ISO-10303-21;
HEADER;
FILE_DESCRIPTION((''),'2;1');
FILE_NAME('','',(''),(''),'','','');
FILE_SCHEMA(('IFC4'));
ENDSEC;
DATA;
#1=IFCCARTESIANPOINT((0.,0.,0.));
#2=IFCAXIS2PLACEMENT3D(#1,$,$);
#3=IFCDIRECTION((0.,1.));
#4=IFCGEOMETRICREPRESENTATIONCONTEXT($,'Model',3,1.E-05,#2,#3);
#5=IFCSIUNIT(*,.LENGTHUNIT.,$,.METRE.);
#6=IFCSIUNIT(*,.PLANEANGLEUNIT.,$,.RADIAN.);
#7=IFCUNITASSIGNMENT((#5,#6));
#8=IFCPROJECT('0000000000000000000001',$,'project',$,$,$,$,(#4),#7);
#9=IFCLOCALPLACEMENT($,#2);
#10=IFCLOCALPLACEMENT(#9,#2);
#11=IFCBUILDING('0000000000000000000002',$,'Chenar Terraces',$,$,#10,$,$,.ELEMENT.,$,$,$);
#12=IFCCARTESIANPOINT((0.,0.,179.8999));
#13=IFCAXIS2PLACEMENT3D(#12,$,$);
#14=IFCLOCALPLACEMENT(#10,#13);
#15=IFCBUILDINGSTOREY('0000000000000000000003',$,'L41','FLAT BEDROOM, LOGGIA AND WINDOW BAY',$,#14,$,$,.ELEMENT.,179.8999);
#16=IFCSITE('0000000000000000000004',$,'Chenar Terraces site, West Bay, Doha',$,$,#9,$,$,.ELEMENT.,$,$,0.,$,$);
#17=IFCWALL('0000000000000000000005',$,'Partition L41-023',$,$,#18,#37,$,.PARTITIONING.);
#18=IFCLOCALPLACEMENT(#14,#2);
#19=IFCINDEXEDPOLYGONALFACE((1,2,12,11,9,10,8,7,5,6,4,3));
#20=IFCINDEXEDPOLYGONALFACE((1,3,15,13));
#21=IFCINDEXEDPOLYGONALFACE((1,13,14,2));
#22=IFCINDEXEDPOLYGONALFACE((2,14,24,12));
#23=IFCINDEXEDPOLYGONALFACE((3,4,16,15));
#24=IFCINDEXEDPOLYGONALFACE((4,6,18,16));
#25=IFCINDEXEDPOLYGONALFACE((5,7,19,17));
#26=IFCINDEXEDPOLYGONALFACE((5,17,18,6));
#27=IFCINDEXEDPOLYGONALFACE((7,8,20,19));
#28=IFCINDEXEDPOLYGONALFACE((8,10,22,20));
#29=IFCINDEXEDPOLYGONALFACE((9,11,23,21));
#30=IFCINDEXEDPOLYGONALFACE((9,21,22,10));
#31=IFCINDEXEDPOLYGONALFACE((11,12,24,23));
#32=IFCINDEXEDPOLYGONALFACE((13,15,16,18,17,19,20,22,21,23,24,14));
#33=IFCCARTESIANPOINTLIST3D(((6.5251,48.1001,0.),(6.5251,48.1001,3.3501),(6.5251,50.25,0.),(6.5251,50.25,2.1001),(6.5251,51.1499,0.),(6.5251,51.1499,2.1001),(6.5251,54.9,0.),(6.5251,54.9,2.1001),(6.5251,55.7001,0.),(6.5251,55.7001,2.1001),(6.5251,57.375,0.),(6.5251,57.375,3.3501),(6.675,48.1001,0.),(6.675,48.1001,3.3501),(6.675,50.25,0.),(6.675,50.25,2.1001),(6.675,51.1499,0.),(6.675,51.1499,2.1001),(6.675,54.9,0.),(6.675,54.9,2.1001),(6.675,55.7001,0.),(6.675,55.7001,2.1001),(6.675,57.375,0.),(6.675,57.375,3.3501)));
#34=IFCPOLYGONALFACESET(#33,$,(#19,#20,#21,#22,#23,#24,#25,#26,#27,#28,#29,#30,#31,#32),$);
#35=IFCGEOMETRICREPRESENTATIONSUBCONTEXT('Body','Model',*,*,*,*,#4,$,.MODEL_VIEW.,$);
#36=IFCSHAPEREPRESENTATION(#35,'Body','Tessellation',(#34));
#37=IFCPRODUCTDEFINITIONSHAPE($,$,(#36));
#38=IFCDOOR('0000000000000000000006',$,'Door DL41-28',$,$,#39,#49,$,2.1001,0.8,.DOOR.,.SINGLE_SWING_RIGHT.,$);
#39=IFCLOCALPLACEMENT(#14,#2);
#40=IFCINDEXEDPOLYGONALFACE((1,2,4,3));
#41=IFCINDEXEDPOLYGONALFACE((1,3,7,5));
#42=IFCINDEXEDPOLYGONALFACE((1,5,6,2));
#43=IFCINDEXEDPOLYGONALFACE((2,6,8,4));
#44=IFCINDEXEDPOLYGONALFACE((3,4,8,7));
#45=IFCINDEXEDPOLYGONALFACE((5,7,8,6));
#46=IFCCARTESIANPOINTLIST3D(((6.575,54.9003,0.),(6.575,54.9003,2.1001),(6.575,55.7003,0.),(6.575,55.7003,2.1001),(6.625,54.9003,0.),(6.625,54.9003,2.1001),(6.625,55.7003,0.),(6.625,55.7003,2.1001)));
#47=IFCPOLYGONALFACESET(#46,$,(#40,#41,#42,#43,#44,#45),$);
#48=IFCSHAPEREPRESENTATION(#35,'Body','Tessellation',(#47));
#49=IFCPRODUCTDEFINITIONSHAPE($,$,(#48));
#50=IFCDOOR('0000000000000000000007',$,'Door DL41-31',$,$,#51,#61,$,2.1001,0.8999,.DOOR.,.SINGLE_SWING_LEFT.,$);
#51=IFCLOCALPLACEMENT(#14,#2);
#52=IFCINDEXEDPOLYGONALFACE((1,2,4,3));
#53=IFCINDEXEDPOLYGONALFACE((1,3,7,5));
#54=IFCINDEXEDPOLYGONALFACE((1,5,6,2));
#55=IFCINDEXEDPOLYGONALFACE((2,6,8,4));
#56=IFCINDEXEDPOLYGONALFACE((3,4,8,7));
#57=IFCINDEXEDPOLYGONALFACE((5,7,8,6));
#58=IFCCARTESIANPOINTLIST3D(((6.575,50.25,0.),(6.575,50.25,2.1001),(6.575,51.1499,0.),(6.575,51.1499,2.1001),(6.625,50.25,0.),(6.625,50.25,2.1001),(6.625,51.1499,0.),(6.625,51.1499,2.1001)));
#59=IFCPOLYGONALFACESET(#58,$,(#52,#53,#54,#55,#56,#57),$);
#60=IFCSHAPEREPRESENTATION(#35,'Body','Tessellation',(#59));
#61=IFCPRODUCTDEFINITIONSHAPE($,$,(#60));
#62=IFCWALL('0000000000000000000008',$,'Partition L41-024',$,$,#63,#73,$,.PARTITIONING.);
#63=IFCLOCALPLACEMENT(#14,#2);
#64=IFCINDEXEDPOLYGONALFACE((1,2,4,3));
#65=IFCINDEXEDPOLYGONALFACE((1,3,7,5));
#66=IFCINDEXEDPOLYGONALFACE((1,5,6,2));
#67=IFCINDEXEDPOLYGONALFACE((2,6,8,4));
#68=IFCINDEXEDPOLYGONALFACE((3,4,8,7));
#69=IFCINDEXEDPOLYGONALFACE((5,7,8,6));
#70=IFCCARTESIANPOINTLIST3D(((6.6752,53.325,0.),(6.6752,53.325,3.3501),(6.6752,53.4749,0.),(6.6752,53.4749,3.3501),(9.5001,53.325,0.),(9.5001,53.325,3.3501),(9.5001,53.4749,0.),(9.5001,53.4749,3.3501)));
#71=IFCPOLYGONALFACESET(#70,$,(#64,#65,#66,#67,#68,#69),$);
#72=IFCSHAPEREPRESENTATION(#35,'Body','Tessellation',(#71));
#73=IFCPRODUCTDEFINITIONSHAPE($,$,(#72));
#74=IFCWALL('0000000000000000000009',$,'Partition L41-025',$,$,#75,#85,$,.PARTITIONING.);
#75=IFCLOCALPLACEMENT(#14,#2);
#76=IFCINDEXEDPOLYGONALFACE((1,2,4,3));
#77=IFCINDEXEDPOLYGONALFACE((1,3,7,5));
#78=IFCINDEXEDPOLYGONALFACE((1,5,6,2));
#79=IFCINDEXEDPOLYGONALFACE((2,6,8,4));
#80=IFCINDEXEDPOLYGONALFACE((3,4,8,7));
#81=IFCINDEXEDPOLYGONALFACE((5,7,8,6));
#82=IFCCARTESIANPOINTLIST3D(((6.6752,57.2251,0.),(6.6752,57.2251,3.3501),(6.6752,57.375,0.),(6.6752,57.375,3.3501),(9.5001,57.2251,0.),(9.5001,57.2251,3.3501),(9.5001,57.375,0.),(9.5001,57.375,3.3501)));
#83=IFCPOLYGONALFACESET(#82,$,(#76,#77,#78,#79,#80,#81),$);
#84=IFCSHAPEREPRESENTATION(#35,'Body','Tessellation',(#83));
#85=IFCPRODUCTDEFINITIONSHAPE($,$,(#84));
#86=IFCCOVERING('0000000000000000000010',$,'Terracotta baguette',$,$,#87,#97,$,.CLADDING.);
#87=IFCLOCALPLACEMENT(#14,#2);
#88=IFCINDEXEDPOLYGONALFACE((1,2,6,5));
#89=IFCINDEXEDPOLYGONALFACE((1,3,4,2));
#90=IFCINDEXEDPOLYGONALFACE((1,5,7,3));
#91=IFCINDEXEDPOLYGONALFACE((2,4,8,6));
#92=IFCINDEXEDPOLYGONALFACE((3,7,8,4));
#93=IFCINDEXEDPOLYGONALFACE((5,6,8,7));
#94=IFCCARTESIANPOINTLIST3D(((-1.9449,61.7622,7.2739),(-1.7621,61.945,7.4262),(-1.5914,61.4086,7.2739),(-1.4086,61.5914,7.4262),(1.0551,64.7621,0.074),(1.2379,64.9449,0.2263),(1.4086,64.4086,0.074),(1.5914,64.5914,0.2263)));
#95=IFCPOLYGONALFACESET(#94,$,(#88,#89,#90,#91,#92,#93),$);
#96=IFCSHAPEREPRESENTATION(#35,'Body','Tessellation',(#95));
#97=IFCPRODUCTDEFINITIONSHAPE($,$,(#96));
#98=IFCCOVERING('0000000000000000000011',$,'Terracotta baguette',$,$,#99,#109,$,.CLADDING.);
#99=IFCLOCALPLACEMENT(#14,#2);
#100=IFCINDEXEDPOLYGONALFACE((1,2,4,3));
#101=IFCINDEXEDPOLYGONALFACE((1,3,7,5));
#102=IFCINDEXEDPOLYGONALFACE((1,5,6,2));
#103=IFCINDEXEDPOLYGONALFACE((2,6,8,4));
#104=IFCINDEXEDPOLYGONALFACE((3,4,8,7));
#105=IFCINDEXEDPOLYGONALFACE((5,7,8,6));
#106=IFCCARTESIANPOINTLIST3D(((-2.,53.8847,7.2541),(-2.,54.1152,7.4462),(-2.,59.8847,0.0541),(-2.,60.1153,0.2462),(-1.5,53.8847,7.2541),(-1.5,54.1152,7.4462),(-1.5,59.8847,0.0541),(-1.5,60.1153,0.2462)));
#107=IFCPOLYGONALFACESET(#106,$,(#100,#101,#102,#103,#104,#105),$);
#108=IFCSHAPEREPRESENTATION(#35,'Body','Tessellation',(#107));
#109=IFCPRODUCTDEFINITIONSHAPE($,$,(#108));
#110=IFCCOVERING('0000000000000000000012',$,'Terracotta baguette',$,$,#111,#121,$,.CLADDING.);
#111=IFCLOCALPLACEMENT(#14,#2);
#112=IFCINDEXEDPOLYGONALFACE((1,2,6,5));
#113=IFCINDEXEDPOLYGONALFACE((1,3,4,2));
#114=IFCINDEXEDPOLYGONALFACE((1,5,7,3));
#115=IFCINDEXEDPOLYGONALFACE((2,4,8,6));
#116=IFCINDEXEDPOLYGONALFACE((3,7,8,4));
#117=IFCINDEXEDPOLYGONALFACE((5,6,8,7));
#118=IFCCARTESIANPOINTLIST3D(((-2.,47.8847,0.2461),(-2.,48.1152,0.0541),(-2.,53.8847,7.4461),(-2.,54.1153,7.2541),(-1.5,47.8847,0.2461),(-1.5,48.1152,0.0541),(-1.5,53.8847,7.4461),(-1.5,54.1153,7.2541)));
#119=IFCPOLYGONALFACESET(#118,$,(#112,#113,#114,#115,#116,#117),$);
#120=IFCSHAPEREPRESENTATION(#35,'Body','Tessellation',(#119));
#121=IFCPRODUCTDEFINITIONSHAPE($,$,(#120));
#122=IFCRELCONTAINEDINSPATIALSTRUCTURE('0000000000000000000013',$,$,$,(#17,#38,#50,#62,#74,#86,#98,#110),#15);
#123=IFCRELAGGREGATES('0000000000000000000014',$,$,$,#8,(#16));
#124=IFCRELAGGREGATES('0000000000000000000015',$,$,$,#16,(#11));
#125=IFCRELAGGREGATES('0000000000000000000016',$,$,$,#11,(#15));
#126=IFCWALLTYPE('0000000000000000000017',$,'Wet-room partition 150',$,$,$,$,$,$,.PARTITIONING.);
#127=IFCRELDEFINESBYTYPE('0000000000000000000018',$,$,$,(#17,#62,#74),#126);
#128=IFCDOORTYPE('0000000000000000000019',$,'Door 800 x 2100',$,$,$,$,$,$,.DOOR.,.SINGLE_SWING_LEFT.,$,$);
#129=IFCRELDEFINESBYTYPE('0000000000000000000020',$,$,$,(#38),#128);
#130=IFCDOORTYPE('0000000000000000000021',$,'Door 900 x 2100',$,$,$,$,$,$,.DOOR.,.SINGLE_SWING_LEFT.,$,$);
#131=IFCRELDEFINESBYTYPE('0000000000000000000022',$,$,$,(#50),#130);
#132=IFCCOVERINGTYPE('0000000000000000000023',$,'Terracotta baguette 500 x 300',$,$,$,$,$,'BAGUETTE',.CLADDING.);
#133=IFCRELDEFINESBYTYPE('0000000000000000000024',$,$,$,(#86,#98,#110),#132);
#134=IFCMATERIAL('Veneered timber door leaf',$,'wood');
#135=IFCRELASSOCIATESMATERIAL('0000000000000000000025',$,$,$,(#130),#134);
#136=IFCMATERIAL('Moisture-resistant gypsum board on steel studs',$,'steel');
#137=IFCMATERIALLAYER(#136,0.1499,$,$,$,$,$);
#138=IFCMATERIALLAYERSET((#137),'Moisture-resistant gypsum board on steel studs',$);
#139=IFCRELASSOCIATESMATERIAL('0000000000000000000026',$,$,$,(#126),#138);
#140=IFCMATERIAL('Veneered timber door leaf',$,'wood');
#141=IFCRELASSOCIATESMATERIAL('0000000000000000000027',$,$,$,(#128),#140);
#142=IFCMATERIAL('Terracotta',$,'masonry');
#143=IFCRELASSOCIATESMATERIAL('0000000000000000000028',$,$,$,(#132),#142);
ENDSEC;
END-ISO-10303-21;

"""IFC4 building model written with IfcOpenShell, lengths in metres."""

from ifc_helpers import new_model, si_unit, direction, frame, frame_2d, origin, origin_2d, place, context, subcontext, project, spatial, rectangle, extrude, material, layer, layer_set, material_profile, profile_set, type_object, element, fill, save


model = new_model("IFC4")

# Units and contexts
model_context = context("Model", 3, precision=1e-05, world=origin(), true_north=direction((0.0, 1.0)))
body_context = subcontext(model_context, "Body", "Model", "MODEL_VIEW")
ifc_project = project(units=[si_unit("LENGTHUNIT", "METRE"), si_unit("PLANEANGLEUNIT", "RADIAN")], contexts=[model_context])

# Site, building, storey
site_placement = place(None, origin())
site = spatial("IfcSite", under=ifc_project, at=site_placement, Name="Chenar Terraces site, West Bay, Doha", CompositionType="ELEMENT", RefElevation=0.0)
building_placement = place(site_placement, origin())
building = spatial("IfcBuilding", under=site, at=building_placement, Name="Chenar Terraces", CompositionType="ELEMENT")
storey_placement = place(building_placement, frame((0.0, 0.0, 179.8999)))
storey = spatial("IfcBuildingStorey", under=building, at=storey_placement, Name="L41", Description="FLAT BEDROOM, LOGGIA AND WINDOW BAY", CompositionType="ELEMENT", Elevation=179.8999)

# Shared definitions
ifc_material_1 = material(Name="Veneered timber door leaf", Category="wood")
door_type_1 = type_object("IfcDoorType", Name="Door 900 x 2100", OperationType="SINGLE_SWING_LEFT", PredefinedType="DOOR", material=ifc_material_1)

# Wall, openings, doors
ifc_material_2 = material(Name="Moisture-resistant gypsum board on steel studs", Category="steel")
ifc_layer_1 = layer(ifc_material_2, 0.1499)
ifc_layer_set_1 = layer_set([ifc_layer_1], Name="Moisture-resistant gypsum board on steel studs")
wall_type_1 = type_object("IfcWallType", Name="Wet-room partition 150", PredefinedType="PARTITIONING", material=ifc_layer_set_1)
wall_1_placement = place(storey_placement, frame((6.6001, 48.1001, 0.0), z_axis=(0.0, 0.0, 1.0), x_axis=(0.0, 1.0, 0.0)))
wall_1 = element("IfcWall", 1, at=wall_1_placement, inside=storey, type_object=wall_type_1, Name="Partition L41-023", PredefinedType="PARTITIONING", context=body_context, shape_type="SweptSolid", body=[
    extrude(rectangle(XDim=9.2749, YDim=0.1499, at=frame_2d((4.6375, 0.0))), origin(), (0.0, 0.0, 1.0), 3.3501),
])
opening_1_placement = place(wall_1_placement, frame((6.8, 0.0, 0.0)))
opening_1 = element("IfcOpeningElement", 2, at=opening_1_placement, cuts=wall_1, PredefinedType="OPENING", context=body_context, shape_type="SweptSolid", body=[
    extrude(rectangle(XDim=0.8, YDim=2.1001, at=frame_2d((0.3999, 1.05))), frame((0.0, 0.085, 0.0), z_axis=(0.0, -1.0, 0.0), x_axis=(1.0, 0.0, 0.0)), (0.0, 0.0, 1.0), 0.1699),
])
opening_2_placement = place(wall_1_placement, frame((2.1499, 0.0, 0.0)))
opening_2 = element("IfcOpeningElement", 3, at=opening_2_placement, cuts=wall_1, PredefinedType="OPENING", context=body_context, shape_type="SweptSolid", body=[
    extrude(rectangle(XDim=0.8999, YDim=2.1001, at=frame_2d((0.45, 1.05))), frame((0.0, 0.085, 0.0), z_axis=(0.0, -1.0, 0.0), x_axis=(1.0, 0.0, 0.0)), (0.0, 0.0, 1.0), 0.1699),
])
ifc_material_3 = material(Name="Veneered timber door leaf", Category="wood")
door_type_2 = type_object("IfcDoorType", Name="Door 800 x 2100", OperationType="SINGLE_SWING_LEFT", PredefinedType="DOOR", material=ifc_material_3)
door_1_placement = place(opening_1_placement, frame((0.8, 0.0, 0.0), z_axis=(0.0, 0.0, 1.0), x_axis=(-1.0, 0.0, 0.0)))
door_1 = element("IfcDoor", 4, at=door_1_placement, inside=storey, type_object=door_type_2, Name="Door DL41-28", OperationType="SINGLE_SWING_RIGHT", OverallHeight=2.1001, OverallWidth=0.8, PredefinedType="DOOR", context=body_context, shape_type="SweptSolid", body=[
    extrude(rectangle(XDim=0.8, YDim=2.1001, at=frame_2d((0.3999, 1.05))), frame((0.0, 0.0249, 0.0), z_axis=(0.0, -1.0, 0.0), x_axis=(1.0, 0.0, 0.0)), (0.0, 0.0, 1.0), 0.05),
])
fill(opening_1, door_1)
door_2_placement = place(opening_2_placement, frame((0.8999, 0.0, 0.0), z_axis=(0.0, 0.0, 1.0), x_axis=(-1.0, 0.0, 0.0)))
door_2 = element("IfcDoor", 5, at=door_2_placement, inside=storey, type_object=door_type_1, Name="Door DL41-31", OperationType="SINGLE_SWING_LEFT", OverallHeight=2.1001, OverallWidth=0.8999, PredefinedType="DOOR", context=body_context, shape_type="SweptSolid", body=[
    extrude(rectangle(XDim=0.8999, YDim=2.1001, at=frame_2d((0.45, 1.05))), frame((0.0, 0.0249, 0.0), z_axis=(0.0, -1.0, 0.0), x_axis=(1.0, 0.0, 0.0)), (0.0, 0.0, 1.0), 0.05),
])
fill(opening_2, door_2)

# Walls
for number, where, z_axis, x_axis, name in (
    (6, (6.675, 53.3999, 0.0), (0.0, 0.0, 1.0), (1.0, 0.0, 0.0), "Partition L41-024"),
    (7, (6.675, 57.3, 0.0), (0.0, 0.0, 1.0), (1.0, 0.0, 0.0), "Partition L41-025"),
):
    element("IfcWall", number, at=place(storey_placement, frame(where, z_axis=z_axis, x_axis=x_axis)), inside=storey, type_object=wall_type_1, Name=name, PredefinedType="PARTITIONING", context=body_context, shape_type="SweptSolid", body=[
        extrude(rectangle(XDim=2.825, YDim=0.1499, at=frame_2d((1.4126, 0.0))), origin(), (0.0, 0.0, 1.0), 3.3501),
    ])

# Coverings
ifc_material_4 = material(Name="Terracotta", Category="masonry")
ifc_material_profile_1 = material_profile(ifc_material_4, rectangle(XDim=0.5, YDim=0.3, at=origin_2d()), Name="Terracotta baguette 500 x 300")
ifc_profile_set_1 = profile_set([ifc_material_profile_1], Name="Terracotta")
covering_type = type_object("IfcCoveringType", Name="Terracotta baguette 500 x 300", ElementType="BAGUETTE", PredefinedType="CLADDING", material=ifc_profile_set_1)
covering_placement = place(storey_placement, frame((1.3232, 64.6768, 0.1501), z_axis=(-0.358981, -0.358981, 0.861548), x_axis=(0.707107, -0.707107, 0.0)))
element("IfcCovering", 8, at=covering_placement, inside=storey, type_object=covering_type, Name="Terracotta baguette", PredefinedType="CLADDING", context=body_context, shape_type="SweptSolid", body=[
    extrude(rectangle(XDim=0.5, YDim=0.3, at=origin_2d()), origin(), (0.0, 0.0, 1.0), 8.3569),
])
for number, where, z_axis, x_axis, name in (
    (9, (-1.75, 60.0, 0.1501), (0.0, -0.640187, 0.768219), (1.0, 0.0, 0.0), "Terracotta baguette"),
    (10, (-1.75, 54.0, 7.3501), (0.0, -0.640187, -0.768219), (1.0, 0.0, 0.0), "Terracotta baguette"),
):
    element("IfcCovering", number, at=place(storey_placement, frame(where, z_axis=z_axis, x_axis=x_axis)), inside=storey, type_object=covering_type, Name=name, PredefinedType="CLADDING", context=body_context, shape_type="SweptSolid", body=[
        extrude(rectangle(XDim=0.5, YDim=0.3, at=origin_2d()), origin(), (0.0, 0.0, 1.0), 9.3723),
    ])

save(model, "model.ifc")
